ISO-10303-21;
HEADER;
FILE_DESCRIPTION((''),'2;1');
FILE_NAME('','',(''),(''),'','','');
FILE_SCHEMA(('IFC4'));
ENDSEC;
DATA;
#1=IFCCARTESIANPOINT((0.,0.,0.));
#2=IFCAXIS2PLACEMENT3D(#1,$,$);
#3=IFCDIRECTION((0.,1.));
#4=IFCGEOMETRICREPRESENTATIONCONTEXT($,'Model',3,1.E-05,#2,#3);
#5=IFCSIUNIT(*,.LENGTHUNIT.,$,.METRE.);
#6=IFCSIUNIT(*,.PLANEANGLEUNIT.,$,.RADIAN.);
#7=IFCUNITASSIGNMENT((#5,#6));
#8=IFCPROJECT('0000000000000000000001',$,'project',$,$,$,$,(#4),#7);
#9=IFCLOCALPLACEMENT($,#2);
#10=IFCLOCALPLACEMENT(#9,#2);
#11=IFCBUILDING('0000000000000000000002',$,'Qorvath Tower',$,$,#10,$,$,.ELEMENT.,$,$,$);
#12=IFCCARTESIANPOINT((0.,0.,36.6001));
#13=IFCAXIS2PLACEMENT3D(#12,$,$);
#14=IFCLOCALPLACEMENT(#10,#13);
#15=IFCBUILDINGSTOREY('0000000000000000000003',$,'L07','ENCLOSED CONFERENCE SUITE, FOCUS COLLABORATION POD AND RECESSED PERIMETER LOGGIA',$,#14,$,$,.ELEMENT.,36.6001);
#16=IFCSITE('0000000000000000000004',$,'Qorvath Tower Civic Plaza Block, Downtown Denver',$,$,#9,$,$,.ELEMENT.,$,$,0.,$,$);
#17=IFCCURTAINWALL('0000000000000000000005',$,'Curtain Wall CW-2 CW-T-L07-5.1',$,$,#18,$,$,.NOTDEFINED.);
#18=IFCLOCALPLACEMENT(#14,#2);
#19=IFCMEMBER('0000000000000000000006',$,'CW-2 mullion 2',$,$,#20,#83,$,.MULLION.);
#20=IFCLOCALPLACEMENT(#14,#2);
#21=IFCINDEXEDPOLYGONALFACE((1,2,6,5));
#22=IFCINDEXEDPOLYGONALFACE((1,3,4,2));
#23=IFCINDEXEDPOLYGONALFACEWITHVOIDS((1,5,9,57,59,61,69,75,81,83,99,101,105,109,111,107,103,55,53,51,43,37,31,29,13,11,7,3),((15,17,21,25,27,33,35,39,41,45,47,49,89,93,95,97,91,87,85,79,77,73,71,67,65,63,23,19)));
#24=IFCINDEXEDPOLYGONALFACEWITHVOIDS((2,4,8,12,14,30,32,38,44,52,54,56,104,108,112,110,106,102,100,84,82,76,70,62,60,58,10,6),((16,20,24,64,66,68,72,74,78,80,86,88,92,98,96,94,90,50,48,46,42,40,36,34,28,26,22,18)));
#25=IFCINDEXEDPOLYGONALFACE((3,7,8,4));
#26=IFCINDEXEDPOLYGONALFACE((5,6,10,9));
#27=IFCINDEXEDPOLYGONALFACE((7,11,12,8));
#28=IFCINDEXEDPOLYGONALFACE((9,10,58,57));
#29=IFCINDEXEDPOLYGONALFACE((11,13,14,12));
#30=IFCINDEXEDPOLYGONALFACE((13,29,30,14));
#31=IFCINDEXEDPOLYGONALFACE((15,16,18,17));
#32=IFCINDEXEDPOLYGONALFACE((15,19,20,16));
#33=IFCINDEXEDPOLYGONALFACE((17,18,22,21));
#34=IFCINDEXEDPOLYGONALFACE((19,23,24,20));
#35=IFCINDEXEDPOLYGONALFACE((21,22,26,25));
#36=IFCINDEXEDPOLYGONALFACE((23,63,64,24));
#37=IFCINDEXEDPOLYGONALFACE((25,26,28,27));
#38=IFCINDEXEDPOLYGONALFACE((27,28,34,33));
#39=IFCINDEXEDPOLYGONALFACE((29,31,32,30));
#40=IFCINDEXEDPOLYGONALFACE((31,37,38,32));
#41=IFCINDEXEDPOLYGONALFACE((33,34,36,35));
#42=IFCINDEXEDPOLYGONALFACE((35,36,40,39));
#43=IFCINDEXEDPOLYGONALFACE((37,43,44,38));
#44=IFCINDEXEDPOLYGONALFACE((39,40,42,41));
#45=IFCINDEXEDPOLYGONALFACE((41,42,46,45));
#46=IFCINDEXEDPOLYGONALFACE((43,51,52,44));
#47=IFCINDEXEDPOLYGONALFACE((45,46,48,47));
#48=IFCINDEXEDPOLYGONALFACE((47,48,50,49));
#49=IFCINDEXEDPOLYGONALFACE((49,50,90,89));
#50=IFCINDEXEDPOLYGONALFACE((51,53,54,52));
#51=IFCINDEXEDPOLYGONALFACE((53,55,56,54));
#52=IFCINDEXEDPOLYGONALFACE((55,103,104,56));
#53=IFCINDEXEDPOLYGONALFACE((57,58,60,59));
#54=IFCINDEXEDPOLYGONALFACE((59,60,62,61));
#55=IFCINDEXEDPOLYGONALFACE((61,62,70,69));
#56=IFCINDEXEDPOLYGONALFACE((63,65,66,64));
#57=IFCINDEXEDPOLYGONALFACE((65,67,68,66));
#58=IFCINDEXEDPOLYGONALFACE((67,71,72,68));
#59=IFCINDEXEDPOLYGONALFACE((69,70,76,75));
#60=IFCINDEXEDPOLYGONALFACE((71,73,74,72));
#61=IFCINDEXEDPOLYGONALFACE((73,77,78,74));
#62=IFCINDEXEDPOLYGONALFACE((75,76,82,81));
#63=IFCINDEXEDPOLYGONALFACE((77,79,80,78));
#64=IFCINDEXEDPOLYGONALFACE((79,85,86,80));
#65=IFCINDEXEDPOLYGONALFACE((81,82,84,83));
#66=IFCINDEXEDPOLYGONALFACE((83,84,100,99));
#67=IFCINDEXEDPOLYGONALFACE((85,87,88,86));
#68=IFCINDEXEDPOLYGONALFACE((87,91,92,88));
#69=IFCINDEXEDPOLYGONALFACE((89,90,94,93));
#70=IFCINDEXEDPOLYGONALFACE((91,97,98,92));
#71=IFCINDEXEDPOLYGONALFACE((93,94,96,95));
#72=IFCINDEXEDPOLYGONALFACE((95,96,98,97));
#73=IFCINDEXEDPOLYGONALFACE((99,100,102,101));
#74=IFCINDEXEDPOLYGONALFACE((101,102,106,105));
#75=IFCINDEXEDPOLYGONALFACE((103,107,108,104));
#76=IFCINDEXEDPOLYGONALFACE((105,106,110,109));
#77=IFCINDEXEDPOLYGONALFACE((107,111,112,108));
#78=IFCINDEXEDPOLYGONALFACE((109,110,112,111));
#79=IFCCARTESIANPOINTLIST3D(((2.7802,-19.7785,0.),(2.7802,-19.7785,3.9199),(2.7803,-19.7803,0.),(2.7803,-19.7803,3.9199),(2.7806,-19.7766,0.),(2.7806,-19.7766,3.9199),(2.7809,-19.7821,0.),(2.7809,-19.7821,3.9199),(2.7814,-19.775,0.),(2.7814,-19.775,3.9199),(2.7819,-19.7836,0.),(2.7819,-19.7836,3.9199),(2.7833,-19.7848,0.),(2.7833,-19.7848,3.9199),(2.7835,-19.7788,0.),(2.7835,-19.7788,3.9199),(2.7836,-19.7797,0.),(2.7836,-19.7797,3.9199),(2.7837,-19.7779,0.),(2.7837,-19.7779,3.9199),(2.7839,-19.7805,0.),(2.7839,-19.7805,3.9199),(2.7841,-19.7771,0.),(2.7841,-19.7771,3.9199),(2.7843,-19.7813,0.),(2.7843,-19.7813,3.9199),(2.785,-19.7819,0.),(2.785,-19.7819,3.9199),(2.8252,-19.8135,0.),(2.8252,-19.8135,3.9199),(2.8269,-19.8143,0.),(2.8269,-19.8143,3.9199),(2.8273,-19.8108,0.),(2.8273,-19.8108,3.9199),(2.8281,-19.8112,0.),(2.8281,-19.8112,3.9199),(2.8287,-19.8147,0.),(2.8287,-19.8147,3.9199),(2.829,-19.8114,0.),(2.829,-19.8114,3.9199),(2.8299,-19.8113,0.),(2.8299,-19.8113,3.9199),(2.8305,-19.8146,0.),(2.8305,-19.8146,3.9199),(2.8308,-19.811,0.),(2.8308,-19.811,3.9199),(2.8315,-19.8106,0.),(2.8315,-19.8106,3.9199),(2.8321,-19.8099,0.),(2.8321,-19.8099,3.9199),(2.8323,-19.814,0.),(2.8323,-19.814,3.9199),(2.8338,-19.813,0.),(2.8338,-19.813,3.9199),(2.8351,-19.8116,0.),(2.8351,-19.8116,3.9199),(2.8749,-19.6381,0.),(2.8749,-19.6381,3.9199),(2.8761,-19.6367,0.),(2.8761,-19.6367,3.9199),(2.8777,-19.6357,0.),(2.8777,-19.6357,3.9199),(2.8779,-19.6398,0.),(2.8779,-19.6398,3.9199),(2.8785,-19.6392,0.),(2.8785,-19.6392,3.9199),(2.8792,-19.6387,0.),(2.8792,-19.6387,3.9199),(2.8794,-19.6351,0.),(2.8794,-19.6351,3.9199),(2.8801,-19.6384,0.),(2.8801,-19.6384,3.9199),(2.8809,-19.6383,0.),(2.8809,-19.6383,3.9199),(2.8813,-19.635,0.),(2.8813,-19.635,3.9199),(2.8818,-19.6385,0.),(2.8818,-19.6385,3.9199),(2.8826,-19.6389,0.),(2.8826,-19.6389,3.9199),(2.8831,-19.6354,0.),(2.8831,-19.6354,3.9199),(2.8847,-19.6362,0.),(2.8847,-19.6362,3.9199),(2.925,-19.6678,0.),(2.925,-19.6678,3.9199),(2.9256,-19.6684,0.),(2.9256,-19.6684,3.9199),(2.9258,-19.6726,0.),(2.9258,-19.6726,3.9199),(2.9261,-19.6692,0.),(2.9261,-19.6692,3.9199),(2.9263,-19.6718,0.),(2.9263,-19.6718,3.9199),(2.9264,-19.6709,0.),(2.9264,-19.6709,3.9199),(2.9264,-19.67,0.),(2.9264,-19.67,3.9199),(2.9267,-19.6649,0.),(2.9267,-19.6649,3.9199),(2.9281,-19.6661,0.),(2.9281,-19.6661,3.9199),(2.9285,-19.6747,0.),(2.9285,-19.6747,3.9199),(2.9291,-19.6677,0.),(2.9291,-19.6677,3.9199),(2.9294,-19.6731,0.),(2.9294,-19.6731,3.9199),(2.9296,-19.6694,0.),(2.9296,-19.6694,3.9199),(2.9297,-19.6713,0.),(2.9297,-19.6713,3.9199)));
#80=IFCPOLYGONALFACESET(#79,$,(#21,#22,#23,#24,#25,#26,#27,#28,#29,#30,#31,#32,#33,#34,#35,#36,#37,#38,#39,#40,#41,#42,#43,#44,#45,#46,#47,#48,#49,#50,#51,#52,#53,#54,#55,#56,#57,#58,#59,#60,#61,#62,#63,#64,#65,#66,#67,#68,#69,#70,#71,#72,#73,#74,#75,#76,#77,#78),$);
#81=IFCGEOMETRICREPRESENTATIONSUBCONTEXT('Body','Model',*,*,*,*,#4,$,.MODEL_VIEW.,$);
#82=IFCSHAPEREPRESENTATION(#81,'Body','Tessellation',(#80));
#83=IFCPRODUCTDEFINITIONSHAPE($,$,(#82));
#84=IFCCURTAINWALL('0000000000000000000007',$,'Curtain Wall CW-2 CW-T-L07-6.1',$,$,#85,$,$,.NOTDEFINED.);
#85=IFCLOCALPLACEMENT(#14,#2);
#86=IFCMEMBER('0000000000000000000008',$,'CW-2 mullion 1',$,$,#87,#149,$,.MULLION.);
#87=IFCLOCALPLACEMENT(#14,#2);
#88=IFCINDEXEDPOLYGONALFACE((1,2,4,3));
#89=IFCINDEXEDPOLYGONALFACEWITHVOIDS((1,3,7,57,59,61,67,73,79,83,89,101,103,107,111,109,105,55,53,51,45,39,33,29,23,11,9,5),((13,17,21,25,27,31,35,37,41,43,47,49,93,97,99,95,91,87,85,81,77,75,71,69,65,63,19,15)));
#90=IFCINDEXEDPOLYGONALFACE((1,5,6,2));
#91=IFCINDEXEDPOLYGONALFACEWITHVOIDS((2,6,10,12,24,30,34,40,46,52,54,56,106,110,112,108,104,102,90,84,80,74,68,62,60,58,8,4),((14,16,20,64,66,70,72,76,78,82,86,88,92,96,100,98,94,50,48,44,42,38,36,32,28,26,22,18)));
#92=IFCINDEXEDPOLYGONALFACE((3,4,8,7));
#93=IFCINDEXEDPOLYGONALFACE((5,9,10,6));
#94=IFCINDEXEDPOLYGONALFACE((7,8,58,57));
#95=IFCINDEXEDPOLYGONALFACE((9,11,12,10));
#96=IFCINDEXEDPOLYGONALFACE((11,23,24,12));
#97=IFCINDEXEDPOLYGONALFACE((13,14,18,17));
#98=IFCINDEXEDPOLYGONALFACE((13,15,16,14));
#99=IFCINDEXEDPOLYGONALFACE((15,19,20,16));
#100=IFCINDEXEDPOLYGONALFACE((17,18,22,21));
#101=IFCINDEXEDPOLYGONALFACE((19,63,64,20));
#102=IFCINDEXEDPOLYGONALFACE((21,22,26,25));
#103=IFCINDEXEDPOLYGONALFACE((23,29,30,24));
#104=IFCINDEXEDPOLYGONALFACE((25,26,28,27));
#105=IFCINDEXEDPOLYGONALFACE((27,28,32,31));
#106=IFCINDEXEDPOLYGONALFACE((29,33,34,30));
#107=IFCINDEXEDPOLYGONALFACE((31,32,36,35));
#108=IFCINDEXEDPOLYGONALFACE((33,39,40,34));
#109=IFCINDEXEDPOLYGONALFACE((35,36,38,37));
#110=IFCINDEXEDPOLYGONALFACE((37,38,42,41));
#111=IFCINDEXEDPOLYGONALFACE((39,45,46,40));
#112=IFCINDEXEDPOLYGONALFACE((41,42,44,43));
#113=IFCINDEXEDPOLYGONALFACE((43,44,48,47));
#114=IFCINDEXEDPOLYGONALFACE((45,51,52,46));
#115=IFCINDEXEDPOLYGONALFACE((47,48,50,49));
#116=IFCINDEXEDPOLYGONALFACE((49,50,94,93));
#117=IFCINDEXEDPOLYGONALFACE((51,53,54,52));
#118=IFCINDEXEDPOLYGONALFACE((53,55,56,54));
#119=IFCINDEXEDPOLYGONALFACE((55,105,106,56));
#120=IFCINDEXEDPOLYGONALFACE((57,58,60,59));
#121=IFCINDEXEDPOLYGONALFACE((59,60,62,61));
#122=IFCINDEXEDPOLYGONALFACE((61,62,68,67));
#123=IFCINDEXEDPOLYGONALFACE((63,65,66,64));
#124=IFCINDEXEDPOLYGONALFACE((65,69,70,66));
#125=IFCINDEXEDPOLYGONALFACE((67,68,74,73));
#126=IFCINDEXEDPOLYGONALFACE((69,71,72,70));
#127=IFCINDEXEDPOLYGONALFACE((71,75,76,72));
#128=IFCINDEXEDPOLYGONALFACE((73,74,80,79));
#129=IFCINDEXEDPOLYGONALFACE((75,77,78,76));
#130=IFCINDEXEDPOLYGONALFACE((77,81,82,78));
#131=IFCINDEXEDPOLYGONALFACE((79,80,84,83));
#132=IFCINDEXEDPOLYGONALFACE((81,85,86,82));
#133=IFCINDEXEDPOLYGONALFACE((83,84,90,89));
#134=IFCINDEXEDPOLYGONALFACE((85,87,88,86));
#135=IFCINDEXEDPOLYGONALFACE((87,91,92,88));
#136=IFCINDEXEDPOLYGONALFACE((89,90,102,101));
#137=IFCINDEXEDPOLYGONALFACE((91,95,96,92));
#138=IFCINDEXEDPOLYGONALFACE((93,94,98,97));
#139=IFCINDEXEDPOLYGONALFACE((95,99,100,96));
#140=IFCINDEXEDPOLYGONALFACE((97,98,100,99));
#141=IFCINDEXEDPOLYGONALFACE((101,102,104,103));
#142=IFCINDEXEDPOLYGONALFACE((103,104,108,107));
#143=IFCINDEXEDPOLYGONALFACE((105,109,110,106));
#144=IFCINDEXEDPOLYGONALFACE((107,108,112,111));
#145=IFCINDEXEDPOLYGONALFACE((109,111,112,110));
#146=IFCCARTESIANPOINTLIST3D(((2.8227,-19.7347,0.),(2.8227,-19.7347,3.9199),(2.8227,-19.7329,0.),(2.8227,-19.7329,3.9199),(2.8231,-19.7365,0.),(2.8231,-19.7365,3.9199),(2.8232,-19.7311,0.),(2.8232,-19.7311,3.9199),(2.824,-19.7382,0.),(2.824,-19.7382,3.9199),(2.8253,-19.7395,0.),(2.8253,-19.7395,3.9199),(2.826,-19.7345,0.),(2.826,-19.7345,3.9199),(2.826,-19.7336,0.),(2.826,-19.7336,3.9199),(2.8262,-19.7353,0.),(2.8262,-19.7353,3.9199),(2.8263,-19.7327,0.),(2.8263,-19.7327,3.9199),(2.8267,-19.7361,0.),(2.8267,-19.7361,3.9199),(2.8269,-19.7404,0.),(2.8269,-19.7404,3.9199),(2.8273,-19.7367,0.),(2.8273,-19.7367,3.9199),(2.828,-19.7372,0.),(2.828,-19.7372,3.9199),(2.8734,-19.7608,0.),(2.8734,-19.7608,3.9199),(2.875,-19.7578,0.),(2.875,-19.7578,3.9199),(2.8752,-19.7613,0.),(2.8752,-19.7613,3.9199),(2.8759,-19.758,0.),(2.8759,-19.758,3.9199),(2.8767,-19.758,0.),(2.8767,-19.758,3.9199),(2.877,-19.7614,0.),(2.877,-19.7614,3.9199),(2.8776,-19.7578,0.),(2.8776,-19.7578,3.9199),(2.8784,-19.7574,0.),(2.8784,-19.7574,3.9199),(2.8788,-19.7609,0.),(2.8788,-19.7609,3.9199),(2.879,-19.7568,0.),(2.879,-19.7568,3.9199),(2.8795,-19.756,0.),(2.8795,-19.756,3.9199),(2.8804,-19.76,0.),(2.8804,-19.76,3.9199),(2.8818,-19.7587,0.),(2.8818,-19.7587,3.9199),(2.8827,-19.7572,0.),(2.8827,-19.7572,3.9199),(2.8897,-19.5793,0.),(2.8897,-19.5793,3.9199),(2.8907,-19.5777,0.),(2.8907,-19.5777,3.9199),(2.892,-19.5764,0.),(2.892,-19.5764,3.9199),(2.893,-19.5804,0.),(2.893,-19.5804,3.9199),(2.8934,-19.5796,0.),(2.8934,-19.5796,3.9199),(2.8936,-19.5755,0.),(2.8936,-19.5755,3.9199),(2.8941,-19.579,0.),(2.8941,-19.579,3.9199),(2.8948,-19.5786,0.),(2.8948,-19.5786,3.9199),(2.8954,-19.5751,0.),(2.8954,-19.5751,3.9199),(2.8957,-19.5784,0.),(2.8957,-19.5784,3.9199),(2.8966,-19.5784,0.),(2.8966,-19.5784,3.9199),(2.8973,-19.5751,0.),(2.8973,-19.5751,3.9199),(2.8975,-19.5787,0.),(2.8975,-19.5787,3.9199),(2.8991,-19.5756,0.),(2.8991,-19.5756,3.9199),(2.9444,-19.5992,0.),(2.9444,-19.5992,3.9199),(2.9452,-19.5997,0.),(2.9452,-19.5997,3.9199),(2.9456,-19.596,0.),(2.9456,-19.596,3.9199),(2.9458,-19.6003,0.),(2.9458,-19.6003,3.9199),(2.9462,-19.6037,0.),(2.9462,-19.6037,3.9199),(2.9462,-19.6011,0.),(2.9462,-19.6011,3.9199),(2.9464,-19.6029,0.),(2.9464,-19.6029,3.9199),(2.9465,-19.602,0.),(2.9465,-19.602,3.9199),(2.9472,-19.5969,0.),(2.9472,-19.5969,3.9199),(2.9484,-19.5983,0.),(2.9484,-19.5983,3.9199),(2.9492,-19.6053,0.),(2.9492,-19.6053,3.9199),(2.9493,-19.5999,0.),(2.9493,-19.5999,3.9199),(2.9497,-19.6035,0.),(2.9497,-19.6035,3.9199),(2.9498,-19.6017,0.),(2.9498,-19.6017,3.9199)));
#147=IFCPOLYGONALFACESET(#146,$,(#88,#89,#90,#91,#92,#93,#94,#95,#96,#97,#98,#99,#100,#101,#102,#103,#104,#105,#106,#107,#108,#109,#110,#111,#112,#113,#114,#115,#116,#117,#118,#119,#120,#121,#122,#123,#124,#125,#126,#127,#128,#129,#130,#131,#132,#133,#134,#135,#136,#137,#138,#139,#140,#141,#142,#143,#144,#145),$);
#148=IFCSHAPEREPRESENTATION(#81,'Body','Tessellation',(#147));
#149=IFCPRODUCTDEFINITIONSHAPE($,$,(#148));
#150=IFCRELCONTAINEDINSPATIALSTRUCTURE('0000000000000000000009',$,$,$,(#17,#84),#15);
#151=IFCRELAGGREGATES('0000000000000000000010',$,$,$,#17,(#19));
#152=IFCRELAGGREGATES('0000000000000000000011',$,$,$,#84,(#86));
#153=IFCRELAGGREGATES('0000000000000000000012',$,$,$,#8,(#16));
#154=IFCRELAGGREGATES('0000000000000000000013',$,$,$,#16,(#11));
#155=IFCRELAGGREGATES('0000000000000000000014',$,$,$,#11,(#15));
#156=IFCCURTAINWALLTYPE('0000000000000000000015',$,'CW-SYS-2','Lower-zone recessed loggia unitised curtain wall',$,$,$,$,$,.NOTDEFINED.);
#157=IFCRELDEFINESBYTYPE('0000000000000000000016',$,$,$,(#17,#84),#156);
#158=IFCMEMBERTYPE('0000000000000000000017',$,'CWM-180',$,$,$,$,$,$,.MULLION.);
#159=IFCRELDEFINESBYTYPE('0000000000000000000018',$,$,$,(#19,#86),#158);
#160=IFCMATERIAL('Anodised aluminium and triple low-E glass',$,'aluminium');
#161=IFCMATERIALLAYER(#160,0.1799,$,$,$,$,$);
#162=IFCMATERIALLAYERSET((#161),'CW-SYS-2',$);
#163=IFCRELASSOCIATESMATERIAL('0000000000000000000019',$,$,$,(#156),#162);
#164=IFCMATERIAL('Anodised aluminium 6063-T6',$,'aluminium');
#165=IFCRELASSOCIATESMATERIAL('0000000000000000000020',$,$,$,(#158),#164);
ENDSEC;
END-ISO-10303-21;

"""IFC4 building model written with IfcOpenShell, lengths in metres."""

from ifc_helpers import new_model, si_unit, direction, frame, origin, origin_2d, place, context, subcontext, project, spatial, hollow_rectangle, extrude, material, layer, layer_set, material_profile, profile_set, type_object, element, aggregate, save


model = new_model("IFC4")

# Units and contexts
model_context = context("Model", 3, precision=1e-05, world=origin(), true_north=direction((0.0, 1.0)))
body_context = subcontext(model_context, "Body", "Model", "MODEL_VIEW")
ifc_project = project(units=[si_unit("LENGTHUNIT", "METRE"), si_unit("PLANEANGLEUNIT", "RADIAN")], contexts=[model_context])

# Site, building, storey
site_placement = place(None, origin())
site = spatial("IfcSite", under=ifc_project, at=site_placement, Name="Qorvath Tower Civic Plaza Block, Downtown Denver", CompositionType="ELEMENT", RefElevation=0.0)
building_placement = place(site_placement, origin())
building = spatial("IfcBuilding", under=site, at=building_placement, Name="Qorvath Tower", CompositionType="ELEMENT")
storey_placement = place(building_placement, frame((0.0, 0.0, 36.6001)))
storey = spatial("IfcBuildingStorey", under=building, at=storey_placement, Name="L07", Description="ENCLOSED CONFERENCE SUITE, FOCUS COLLABORATION POD AND RECESSED PERIMETER LOGGIA", CompositionType="ELEMENT", Elevation=36.6001)

# Curtain walls, members
ifc_material_1 = material(Name="Anodised aluminium and triple low-E glass", Category="aluminium")
ifc_layer_1 = layer(ifc_material_1, 0.1799)
ifc_layer_set_1 = layer_set([ifc_layer_1], Name="CW-SYS-2")
curtain_wall_type = type_object("IfcCurtainWallType", Name="CW-SYS-2", Description="Lower-zone recessed loggia unitised curtain wall", PredefinedType="NOTDEFINED", material=ifc_layer_set_1)
ifc_material_2 = material(Name="Anodised aluminium 6063-T6", Category="aluminium")
ifc_material_profile_1 = material_profile(ifc_material_2, hollow_rectangle(XDim=0.0649, YDim=0.1799, WallThickness=0.0034, InnerFilletRadius=0.0034, OuterFilletRadius=0.0071, at=origin_2d()), Name="CWM 180x65")
ifc_profile_set_1 = profile_set([ifc_material_profile_1], Name="Anodised aluminium 6063-T6")
member_type_1 = type_object("IfcMemberType", Name="CWM-180", PredefinedType="MULLION", material=ifc_profile_set_1)
curtain_wall_1_placement = place(storey_placement, origin())
curtain_wall_1 = element("IfcCurtainWall", 1, at=curtain_wall_1_placement, inside=storey, type_object=curtain_wall_type, Name="Curtain Wall CW-2 CW-T-L07-5.1", PredefinedType="NOTDEFINED")
member_1_placement = place(storey_placement, frame((2.855, -19.7249, 0.0), z_axis=(0.0, 0.0, 1.0), x_axis=(-0.825864, 0.563869, 0.0)))
member_1 = element("IfcMember", 2, at=member_1_placement, type_object=member_type_1, Name="CW-2 mullion 2", PredefinedType="MULLION", context=body_context, shape_type="SweptSolid", body=[
    extrude(hollow_rectangle(XDim=0.0649, YDim=0.1799, WallThickness=0.0034, InnerFilletRadius=0.0034, OuterFilletRadius=0.0071, at=origin_2d()), origin(), (0.0, 0.0, 1.0), 3.9199),
])
curtain_wall_2_placement = place(storey_placement, origin())
curtain_wall_2 = element("IfcCurtainWall", 3, at=curtain_wall_2_placement, inside=storey, type_object=curtain_wall_type, Name="Curtain Wall CW-2 CW-T-L07-6.1", PredefinedType="NOTDEFINED")
member_2_placement = place(storey_placement, frame((2.8862, -19.6682, 0.0), z_axis=(0.0, 0.0, 1.0), x_axis=(-0.916026, 0.401118, 0.0)))
member_2 = element("IfcMember", 4, at=member_2_placement, type_object=member_type_1, Name="CW-2 mullion 1", PredefinedType="MULLION", context=body_context, shape_type="SweptSolid", body=[
    extrude(hollow_rectangle(XDim=0.0649, YDim=0.1799, WallThickness=0.0034, InnerFilletRadius=0.0034, OuterFilletRadius=0.0071, at=origin_2d()), origin(), (0.0, 0.0, 1.0), 3.9199),
])

aggregate(curtain_wall_1, [member_1])
aggregate(curtain_wall_2, [member_2])

save(model, "model.ifc")
